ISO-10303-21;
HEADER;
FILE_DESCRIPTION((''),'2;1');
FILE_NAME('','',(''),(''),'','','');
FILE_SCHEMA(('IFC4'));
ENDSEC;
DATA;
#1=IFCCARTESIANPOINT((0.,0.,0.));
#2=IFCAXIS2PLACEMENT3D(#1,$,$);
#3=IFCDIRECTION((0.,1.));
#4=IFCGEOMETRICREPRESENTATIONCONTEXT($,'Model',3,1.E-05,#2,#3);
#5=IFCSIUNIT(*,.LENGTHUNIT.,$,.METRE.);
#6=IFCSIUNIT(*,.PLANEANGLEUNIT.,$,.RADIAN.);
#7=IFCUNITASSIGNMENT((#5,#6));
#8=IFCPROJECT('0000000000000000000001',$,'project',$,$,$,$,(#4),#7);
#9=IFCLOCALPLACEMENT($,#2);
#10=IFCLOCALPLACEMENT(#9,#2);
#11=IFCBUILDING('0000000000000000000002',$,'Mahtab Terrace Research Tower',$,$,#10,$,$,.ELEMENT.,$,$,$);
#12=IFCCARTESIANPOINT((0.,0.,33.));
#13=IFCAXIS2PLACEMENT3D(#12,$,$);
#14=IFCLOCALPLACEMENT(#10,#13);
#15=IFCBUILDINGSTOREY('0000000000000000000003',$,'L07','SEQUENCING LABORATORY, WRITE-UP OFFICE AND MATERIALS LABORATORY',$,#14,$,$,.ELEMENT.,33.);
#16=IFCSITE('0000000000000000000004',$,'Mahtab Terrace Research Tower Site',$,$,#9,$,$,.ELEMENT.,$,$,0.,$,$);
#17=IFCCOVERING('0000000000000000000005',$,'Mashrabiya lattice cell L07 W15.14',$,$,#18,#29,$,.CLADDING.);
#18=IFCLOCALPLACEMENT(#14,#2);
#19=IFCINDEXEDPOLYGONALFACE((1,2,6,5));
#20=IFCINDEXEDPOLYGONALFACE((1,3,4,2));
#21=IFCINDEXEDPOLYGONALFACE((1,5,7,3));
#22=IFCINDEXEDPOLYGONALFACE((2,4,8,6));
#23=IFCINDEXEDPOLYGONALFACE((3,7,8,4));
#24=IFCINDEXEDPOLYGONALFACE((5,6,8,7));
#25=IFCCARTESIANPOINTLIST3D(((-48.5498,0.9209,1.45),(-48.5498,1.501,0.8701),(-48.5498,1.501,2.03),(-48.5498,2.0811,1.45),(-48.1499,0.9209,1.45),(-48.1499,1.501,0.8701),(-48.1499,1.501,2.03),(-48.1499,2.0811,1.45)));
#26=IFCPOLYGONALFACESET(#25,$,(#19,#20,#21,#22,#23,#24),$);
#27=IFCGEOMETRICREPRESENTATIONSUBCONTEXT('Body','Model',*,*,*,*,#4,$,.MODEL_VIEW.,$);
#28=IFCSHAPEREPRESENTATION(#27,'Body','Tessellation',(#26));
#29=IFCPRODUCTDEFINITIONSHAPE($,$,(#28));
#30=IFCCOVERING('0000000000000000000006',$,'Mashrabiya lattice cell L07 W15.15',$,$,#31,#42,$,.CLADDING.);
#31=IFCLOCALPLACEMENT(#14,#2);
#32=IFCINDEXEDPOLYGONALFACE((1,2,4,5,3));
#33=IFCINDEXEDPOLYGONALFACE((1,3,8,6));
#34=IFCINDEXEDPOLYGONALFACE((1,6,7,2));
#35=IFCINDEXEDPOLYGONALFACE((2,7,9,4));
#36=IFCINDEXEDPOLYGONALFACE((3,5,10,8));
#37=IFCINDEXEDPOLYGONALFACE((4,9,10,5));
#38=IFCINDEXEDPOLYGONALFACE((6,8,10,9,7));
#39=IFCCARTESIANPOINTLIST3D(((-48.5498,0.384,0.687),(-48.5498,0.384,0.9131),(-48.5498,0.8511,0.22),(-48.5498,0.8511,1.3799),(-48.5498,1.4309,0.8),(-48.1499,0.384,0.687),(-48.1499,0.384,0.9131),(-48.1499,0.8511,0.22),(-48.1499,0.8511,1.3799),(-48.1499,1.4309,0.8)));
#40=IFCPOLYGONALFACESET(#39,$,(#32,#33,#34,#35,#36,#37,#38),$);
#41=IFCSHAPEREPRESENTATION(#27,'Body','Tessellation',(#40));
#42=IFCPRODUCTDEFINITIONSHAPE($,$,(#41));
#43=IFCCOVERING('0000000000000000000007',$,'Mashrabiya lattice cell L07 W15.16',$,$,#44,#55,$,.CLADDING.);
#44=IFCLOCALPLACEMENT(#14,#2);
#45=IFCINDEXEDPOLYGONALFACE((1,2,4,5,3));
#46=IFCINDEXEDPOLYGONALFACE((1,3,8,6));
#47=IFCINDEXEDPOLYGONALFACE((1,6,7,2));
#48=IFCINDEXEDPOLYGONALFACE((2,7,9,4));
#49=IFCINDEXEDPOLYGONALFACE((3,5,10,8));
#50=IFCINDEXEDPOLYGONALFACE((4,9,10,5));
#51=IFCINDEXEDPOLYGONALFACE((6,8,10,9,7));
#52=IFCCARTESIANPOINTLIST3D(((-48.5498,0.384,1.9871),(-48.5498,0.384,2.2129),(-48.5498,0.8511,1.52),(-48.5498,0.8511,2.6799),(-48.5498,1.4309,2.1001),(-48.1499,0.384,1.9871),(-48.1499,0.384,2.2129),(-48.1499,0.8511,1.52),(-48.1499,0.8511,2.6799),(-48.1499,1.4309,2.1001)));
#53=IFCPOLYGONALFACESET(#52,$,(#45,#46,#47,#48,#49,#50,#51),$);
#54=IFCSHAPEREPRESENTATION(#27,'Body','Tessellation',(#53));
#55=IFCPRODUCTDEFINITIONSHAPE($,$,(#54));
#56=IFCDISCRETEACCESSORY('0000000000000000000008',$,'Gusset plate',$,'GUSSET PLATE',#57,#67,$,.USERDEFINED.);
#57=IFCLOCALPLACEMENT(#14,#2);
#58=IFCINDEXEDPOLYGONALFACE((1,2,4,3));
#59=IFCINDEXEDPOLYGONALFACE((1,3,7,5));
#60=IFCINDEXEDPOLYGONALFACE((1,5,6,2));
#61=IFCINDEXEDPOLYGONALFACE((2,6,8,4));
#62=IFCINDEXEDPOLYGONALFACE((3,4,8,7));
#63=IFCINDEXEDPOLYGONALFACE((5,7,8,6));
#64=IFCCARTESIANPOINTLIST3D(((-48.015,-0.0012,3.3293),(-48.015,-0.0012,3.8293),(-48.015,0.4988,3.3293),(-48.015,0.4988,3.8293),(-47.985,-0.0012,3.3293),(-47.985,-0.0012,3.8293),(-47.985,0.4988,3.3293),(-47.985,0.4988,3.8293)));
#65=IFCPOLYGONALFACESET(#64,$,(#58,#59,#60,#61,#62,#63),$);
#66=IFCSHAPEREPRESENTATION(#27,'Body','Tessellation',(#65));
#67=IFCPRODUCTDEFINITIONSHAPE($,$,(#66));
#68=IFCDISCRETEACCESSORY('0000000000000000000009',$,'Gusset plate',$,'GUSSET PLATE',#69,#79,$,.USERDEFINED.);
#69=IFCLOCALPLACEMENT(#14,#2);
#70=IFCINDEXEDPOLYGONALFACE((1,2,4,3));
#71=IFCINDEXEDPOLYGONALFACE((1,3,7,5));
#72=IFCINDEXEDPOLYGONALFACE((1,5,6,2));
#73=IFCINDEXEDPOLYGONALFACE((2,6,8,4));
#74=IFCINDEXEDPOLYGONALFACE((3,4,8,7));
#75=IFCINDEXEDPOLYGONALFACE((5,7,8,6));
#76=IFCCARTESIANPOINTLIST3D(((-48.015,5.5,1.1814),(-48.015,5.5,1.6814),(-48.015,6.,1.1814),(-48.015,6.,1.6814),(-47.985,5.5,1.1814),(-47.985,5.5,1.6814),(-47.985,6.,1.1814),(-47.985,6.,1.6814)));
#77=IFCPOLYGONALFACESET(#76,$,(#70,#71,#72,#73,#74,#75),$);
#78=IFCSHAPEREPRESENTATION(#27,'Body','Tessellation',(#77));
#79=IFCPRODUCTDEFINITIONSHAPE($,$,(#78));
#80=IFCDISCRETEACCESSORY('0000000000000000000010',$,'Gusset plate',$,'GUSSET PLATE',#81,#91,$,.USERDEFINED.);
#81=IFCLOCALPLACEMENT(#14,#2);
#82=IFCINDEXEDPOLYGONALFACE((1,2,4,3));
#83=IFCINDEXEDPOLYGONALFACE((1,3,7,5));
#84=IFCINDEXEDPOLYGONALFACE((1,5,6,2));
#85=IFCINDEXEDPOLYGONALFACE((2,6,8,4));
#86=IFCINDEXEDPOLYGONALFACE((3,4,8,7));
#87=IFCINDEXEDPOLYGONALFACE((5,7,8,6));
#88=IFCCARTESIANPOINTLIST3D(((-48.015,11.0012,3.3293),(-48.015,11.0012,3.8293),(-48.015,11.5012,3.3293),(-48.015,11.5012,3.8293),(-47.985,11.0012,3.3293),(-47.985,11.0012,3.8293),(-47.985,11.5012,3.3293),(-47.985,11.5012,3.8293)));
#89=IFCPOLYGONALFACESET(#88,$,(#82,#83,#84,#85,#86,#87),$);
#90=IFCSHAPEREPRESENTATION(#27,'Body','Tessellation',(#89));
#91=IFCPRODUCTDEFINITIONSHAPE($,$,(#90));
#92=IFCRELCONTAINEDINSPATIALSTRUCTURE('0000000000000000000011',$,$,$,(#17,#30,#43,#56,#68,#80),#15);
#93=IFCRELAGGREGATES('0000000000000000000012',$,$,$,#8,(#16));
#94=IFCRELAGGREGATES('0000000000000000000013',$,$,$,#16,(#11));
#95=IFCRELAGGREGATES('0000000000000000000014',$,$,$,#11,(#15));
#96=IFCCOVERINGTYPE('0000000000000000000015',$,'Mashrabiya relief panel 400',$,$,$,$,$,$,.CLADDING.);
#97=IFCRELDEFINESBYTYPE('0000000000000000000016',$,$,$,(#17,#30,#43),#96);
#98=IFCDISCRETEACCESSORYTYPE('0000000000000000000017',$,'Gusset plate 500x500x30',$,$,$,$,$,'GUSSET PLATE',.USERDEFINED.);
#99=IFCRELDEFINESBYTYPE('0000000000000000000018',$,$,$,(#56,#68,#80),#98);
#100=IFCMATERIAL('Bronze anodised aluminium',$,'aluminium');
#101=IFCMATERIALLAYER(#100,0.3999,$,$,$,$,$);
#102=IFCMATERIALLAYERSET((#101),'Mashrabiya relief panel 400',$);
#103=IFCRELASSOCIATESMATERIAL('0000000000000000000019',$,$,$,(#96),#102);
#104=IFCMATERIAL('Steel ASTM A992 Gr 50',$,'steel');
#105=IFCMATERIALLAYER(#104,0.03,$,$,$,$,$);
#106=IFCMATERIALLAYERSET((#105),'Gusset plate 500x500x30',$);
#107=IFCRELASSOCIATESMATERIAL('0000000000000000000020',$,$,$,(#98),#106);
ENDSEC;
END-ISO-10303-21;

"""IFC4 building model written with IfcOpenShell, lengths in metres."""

from ifc_helpers import new_model, si_unit, direction, frame, origin, origin_2d, place, context, subcontext, project, spatial, polyline, rectangle, outline, extrude, material, layer, layer_set, type_object, element, save


model = new_model("IFC4")

# Units and contexts
model_context = context("Model", 3, precision=1e-05, world=origin(), true_north=direction((0.0, 1.0)))
body_context = subcontext(model_context, "Body", "Model", "MODEL_VIEW")
ifc_project = project(units=[si_unit("LENGTHUNIT", "METRE"), si_unit("PLANEANGLEUNIT", "RADIAN")], contexts=[model_context])

# Site, building, storey
site_placement = place(None, origin())
site = spatial("IfcSite", under=ifc_project, at=site_placement, Name="Mahtab Terrace Research Tower Site", CompositionType="ELEMENT", RefElevation=0.0)
building_placement = place(site_placement, origin())
building = spatial("IfcBuilding", under=site, at=building_placement, Name="Mahtab Terrace Research Tower", CompositionType="ELEMENT")
storey_placement = place(building_placement, frame((0.0, 0.0, 33.0)))
storey = spatial("IfcBuildingStorey", under=building, at=storey_placement, Name="L07", Description="SEQUENCING LABORATORY, WRITE-UP OFFICE AND MATERIALS LABORATORY", CompositionType="ELEMENT", Elevation=33.0)

# Shared definitions
ifc_material_1 = material(Name="Steel ASTM A992 Gr 50", Category="steel")

# Coverings
ifc_material_2 = material(Name="Bronze anodised aluminium", Category="aluminium")
ifc_layer_1 = layer(ifc_material_2, 0.3999)
ifc_layer_set_1 = layer_set([ifc_layer_1], Name="Mashrabiya relief panel 400")
covering_type = type_object("IfcCoveringType", Name="Mashrabiya relief panel 400", PredefinedType="CLADDING", material=ifc_layer_set_1)
covering_1_placement = place(storey_placement, frame((-48.1499, 1.501, 2.03), z_axis=(1.0, 0.0, 0.0), x_axis=(0.0, -0.707107, -0.707107)))
element("IfcCovering", 1, at=covering_1_placement, inside=storey, type_object=covering_type, Name="Mashrabiya lattice cell L07 W15.14", PredefinedType="CLADDING", context=body_context, shape_type="SweptSolid", body=[
    extrude(outline(polyline([(0.0, 0.0), (0.8204, 0.0), (0.8202, 0.8202), (0.0, 0.8204), (0.0, 0.0)])), origin(), (0.0, 0.0, -1.0), 0.3999),
])
covering_2_placement = place(storey_placement, frame((-48.1499, 0.8511, 0.22), z_axis=(1.0, 0.0, 0.0), x_axis=(0.0, 0.706958, 0.707256)))
element("IfcCovering", 2, at=covering_2_placement, inside=storey, type_object=covering_type, Name="Mashrabiya lattice cell L07 W15.15", PredefinedType="CLADDING", context=body_context, shape_type="SweptSolid", body=[
    extrude(outline(polyline([(0.0, 0.0), (0.8202, 0.0), (0.8204, 0.82), (0.16, 0.8203), (0.0001, 0.6605), (0.0, 0.0)])), origin(), (0.0, 0.0, -1.0), 0.3999),
])
covering_3_placement = place(storey_placement, frame((-48.1499, 0.8511, 1.52), z_axis=(1.0, 0.0, 0.0), x_axis=(0.0, 0.706958, 0.707256)))
element("IfcCovering", 3, at=covering_3_placement, inside=storey, type_object=covering_type, Name="Mashrabiya lattice cell L07 W15.16", PredefinedType="CLADDING", context=body_context, shape_type="SweptSolid", body=[
    extrude(outline(polyline([(0.0, 0.0), (0.8202, 0.0), (0.8204, 0.82), (0.1599, 0.8201), (0.0001, 0.6605), (0.0, 0.0)])), origin(), (0.0, 0.0, -1.0), 0.3999),
])

# Discrete accessories
ifc_layer_2 = layer(ifc_material_1, 0.03)
ifc_layer_set_2 = layer_set([ifc_layer_2], Name="Gusset plate 500x500x30")
discrete_accessory_type = type_object("IfcDiscreteAccessoryType", Name="Gusset plate 500x500x30", ElementType="GUSSET PLATE", PredefinedType="USERDEFINED", material=ifc_layer_set_2)
for number, where, z_axis, x_axis, name in (
    (4, (-48.0, 0.2488, 3.3293), (0.0, 0.0, 1.0), (0.0, 1.0, 0.0), "Gusset plate"),
    (5, (-48.0, 5.75, 1.1814), (0.0, 0.0, 1.0), (0.0, 1.0, 0.0), "Gusset plate"),
    (6, (-48.0, 11.2512, 3.3293), (0.0, 0.0, 1.0), (0.0, 1.0, 0.0), "Gusset plate"),
):
    element("IfcDiscreteAccessory", number, at=place(storey_placement, frame(where, z_axis=z_axis, x_axis=x_axis)), inside=storey, type_object=discrete_accessory_type, Name=name, ObjectType="GUSSET PLATE", PredefinedType="USERDEFINED", context=body_context, shape_type="SweptSolid", body=[
        extrude(rectangle(XDim=0.5, YDim=0.03, at=origin_2d()), origin(), (0.0, 0.0, 1.0), 0.5),
    ])

save(model, "model.ifc")
